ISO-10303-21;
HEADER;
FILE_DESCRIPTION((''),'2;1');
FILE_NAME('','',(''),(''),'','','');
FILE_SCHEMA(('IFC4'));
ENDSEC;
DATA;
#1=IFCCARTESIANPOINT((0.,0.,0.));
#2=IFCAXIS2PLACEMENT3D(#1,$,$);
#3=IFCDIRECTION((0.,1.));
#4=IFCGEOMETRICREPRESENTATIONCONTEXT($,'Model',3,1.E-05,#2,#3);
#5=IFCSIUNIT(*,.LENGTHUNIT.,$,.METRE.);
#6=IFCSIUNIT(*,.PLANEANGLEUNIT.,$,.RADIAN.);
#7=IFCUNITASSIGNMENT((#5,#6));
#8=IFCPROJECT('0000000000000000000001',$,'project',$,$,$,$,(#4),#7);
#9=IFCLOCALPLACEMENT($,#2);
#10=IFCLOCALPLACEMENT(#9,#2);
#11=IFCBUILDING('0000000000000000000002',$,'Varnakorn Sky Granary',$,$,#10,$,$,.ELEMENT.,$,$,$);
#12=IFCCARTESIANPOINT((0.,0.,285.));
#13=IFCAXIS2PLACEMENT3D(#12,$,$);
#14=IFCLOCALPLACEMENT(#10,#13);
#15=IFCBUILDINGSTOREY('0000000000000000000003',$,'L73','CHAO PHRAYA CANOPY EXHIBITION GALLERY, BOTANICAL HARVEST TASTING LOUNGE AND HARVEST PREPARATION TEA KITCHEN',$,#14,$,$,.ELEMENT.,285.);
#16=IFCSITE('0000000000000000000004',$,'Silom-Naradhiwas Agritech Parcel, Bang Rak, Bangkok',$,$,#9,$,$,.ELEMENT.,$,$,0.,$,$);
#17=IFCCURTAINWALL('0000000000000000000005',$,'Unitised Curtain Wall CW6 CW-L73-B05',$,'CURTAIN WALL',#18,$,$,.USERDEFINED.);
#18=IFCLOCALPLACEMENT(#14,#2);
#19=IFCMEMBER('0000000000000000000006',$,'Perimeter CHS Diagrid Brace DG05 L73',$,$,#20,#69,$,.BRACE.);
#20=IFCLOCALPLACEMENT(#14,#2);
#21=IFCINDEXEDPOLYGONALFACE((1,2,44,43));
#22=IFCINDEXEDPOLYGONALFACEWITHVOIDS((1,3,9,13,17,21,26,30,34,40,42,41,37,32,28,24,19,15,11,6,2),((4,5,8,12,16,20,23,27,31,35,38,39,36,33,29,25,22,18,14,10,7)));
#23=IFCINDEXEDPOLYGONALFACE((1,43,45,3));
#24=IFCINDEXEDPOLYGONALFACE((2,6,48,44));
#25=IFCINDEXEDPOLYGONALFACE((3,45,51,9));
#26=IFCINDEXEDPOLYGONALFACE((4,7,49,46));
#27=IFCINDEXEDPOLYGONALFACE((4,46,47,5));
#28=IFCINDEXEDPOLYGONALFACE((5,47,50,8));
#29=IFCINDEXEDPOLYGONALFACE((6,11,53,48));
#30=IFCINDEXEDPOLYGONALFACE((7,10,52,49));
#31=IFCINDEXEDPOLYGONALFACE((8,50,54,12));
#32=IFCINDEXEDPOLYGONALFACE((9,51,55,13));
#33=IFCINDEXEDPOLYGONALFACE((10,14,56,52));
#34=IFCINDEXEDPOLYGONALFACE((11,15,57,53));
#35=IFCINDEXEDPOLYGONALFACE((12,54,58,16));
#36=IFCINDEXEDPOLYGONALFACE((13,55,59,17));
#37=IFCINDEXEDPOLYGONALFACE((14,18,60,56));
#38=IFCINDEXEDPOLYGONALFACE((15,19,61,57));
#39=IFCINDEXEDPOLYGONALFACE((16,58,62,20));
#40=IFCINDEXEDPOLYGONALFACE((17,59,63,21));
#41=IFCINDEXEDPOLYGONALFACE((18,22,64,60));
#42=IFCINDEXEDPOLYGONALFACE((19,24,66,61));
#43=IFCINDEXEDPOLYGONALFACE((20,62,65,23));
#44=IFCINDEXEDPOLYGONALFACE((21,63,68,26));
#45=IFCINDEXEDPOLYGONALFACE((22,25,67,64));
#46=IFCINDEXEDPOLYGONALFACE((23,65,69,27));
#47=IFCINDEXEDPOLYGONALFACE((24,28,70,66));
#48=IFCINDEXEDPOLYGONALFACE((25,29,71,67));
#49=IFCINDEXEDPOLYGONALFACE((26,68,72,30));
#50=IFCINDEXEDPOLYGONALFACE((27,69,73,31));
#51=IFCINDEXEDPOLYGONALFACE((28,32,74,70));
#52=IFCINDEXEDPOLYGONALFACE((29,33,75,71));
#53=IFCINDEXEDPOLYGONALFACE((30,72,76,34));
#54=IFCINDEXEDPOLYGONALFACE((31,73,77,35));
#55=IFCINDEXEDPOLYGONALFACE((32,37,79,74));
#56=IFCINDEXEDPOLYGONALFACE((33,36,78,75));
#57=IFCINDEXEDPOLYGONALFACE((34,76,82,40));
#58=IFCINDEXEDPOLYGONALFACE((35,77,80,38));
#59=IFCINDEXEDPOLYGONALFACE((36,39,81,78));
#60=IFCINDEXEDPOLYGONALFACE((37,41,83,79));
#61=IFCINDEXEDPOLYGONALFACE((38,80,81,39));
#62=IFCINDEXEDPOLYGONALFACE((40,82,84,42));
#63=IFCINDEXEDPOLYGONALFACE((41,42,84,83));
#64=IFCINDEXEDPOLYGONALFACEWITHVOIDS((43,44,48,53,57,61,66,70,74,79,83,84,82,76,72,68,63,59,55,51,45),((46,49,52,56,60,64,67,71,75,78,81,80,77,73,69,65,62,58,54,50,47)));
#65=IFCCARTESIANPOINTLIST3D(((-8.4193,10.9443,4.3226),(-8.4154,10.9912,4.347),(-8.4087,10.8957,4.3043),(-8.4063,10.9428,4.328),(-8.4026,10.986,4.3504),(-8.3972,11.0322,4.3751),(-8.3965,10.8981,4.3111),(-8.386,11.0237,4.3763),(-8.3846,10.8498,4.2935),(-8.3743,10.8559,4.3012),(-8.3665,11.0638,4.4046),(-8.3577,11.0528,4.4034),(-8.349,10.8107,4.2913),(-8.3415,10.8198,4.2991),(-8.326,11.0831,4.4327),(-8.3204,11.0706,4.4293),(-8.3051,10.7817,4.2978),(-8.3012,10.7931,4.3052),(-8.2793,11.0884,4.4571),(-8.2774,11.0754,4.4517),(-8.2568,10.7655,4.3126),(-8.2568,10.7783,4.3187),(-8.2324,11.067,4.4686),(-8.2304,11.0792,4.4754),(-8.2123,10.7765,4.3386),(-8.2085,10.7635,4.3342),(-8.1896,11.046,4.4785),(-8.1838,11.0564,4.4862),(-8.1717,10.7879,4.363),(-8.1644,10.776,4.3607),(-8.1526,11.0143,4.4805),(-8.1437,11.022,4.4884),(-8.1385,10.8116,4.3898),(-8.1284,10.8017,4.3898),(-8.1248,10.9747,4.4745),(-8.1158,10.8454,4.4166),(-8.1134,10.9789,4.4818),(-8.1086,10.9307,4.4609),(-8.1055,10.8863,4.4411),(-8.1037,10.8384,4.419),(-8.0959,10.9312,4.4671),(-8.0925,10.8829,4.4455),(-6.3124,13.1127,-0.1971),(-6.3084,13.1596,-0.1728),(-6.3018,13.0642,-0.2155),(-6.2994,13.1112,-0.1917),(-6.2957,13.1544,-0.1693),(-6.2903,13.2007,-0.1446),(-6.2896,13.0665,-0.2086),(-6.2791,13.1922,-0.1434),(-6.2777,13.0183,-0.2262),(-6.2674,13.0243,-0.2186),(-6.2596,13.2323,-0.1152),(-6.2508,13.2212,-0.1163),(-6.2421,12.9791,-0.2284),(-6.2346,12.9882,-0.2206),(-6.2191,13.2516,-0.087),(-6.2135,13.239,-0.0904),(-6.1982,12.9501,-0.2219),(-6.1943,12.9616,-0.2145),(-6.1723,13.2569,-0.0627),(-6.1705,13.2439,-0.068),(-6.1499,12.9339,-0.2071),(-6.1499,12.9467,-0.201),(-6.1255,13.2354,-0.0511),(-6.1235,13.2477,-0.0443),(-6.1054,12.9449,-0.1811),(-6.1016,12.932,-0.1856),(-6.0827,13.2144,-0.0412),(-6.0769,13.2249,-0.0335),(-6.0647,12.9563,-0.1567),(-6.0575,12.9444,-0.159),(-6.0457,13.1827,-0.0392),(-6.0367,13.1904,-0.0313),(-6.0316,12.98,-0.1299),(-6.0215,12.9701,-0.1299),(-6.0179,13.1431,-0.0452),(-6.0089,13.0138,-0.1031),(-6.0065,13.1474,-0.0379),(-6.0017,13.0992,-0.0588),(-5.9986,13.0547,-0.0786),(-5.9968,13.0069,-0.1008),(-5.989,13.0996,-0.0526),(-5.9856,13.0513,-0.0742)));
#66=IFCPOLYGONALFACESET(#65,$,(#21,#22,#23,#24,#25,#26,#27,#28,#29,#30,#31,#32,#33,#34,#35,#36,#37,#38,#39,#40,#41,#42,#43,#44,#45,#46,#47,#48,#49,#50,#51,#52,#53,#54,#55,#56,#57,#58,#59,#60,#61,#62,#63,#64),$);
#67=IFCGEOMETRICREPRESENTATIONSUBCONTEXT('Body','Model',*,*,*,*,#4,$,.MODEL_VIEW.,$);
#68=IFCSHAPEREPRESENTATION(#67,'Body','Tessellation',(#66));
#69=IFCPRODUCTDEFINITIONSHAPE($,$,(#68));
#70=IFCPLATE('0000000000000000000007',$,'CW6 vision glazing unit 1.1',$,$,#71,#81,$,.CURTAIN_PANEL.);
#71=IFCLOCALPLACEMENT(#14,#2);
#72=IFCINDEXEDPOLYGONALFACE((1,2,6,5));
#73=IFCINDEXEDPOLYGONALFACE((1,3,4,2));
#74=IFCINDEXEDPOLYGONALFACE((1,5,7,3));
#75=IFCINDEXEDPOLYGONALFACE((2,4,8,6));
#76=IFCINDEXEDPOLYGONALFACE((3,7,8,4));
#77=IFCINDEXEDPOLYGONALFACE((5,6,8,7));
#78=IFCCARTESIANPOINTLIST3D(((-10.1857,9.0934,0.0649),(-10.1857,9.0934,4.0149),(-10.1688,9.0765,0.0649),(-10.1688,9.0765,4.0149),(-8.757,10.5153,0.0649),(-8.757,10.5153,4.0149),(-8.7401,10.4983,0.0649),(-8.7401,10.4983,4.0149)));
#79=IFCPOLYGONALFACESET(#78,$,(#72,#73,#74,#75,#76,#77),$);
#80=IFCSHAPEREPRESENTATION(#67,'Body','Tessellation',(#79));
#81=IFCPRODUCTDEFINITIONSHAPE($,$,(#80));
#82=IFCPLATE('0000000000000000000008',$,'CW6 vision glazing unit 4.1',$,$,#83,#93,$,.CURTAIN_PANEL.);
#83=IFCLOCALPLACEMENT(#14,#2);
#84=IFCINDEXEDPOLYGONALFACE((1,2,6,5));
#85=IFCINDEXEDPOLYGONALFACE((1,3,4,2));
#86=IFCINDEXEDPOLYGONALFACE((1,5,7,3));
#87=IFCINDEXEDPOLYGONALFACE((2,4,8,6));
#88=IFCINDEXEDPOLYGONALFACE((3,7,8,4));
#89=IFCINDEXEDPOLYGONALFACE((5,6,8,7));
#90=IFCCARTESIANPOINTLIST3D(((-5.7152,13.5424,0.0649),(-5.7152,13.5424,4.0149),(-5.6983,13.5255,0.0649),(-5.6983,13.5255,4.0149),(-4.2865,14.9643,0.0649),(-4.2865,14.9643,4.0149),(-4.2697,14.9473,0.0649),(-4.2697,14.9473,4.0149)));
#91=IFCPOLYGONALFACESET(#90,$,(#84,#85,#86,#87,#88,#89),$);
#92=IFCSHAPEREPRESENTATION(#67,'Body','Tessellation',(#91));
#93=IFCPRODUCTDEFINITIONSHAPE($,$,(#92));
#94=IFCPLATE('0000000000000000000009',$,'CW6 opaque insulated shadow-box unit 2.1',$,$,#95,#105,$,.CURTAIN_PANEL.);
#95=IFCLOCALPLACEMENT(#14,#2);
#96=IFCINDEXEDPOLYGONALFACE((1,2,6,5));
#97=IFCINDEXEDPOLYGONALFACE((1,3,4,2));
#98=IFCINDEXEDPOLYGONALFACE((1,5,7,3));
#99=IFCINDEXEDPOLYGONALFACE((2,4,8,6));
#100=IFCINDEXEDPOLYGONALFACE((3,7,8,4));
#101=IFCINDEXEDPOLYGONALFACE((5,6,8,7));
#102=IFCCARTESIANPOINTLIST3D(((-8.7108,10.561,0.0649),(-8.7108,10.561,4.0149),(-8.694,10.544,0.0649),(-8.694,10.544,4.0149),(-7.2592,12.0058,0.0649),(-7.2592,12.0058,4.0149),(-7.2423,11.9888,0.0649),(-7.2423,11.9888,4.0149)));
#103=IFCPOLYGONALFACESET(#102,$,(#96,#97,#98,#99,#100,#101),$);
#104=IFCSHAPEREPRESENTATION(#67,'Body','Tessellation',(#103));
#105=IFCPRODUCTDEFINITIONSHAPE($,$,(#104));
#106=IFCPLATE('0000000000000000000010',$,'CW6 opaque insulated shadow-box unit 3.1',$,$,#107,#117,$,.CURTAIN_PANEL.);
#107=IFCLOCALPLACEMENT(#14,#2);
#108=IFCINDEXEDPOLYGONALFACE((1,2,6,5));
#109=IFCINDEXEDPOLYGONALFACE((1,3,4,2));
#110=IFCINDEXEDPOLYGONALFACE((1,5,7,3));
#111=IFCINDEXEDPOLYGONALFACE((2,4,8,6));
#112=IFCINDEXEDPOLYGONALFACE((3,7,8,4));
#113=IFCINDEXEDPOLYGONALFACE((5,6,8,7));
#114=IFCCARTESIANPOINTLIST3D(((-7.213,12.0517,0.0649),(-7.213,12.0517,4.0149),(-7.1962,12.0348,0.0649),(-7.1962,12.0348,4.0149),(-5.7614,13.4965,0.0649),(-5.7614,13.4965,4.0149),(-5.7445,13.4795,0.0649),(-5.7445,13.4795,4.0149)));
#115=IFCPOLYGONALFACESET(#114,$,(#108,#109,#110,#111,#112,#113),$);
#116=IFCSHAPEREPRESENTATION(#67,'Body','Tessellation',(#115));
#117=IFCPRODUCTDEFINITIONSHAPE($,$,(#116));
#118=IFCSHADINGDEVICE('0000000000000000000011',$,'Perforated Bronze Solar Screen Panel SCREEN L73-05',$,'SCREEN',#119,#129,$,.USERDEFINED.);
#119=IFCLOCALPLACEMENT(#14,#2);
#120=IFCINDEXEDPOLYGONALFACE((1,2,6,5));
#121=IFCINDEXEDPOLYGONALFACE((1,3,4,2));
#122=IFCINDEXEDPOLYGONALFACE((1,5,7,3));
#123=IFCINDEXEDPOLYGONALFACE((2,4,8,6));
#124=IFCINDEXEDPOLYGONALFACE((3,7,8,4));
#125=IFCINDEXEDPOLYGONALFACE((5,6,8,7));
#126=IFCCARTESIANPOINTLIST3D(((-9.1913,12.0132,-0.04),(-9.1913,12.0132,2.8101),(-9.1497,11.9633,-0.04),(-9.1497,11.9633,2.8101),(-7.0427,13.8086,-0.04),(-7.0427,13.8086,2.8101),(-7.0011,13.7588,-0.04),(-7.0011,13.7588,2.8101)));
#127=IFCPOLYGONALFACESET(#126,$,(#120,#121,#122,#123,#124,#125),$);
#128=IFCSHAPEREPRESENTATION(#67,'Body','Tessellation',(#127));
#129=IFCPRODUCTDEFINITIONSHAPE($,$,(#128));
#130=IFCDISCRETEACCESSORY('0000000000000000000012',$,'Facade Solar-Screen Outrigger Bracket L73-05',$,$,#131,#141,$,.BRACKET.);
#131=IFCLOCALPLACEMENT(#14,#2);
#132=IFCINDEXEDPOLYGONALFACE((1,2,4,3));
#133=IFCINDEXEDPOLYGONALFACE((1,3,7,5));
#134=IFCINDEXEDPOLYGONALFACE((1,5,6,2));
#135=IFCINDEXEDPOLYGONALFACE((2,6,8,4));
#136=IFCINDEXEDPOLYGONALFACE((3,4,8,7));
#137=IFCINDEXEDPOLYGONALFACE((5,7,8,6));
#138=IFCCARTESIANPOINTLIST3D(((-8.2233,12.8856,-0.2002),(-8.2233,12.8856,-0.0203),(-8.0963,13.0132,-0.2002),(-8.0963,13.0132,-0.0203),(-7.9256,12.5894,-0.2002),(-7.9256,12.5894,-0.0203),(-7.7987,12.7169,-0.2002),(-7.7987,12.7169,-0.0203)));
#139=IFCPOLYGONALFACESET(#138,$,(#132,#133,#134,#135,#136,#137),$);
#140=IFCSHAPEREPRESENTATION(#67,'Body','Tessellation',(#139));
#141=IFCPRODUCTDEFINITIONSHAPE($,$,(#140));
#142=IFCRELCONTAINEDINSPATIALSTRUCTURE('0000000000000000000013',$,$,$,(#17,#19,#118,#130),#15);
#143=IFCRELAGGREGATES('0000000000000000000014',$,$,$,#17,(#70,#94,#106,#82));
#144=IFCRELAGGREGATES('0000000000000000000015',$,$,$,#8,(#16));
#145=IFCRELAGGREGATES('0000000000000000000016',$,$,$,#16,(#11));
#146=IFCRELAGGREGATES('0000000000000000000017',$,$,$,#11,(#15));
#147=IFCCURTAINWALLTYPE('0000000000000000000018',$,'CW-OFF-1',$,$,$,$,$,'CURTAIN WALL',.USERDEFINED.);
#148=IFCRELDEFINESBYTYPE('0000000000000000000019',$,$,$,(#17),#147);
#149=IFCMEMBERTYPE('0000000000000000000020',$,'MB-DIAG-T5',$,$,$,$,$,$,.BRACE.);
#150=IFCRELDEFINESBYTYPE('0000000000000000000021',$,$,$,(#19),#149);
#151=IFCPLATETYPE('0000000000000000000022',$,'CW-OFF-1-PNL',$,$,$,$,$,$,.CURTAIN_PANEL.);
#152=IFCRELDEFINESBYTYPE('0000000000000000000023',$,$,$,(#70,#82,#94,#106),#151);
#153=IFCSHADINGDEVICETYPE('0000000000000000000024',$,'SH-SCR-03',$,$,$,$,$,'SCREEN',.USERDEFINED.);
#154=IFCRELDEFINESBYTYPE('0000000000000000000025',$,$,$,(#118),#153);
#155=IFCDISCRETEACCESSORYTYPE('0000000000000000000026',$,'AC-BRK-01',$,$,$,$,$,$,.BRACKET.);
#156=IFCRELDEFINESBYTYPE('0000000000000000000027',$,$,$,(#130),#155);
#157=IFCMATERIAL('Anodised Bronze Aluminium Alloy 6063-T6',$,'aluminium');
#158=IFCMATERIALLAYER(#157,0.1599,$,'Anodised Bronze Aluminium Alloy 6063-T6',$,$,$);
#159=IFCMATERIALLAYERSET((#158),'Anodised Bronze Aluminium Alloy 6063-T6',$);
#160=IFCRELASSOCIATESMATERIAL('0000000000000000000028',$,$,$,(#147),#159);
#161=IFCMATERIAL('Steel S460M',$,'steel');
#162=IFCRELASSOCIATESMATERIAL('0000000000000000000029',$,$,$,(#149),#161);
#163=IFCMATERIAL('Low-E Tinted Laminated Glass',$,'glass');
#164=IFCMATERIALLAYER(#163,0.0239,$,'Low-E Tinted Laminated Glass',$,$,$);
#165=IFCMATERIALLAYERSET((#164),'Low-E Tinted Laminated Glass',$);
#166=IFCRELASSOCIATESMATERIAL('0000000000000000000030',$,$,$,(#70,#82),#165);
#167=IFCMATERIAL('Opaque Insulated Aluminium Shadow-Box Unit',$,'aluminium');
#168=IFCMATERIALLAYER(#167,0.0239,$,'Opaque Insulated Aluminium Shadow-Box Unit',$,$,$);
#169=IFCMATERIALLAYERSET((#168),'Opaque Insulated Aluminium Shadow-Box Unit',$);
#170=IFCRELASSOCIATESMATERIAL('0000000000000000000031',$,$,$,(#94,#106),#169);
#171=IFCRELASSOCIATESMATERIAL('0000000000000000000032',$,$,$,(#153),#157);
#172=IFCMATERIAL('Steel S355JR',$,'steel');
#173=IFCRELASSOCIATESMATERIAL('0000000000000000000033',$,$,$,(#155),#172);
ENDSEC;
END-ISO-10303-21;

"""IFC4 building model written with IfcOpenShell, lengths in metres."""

from ifc_helpers import new_model, si_unit, direction, frame, origin, origin_2d, place, context, subcontext, project, spatial, rectangle, hollow_circle, extrude, source, transform, mapped, material, layer, layer_set, material_profile, profile_set, type_object, type_shapes, element, aggregate, save


model = new_model("IFC4")

# Units and contexts
model_context = context("Model", 3, precision=1e-05, world=origin(), true_north=direction((0.0, 1.0)))
body_context = subcontext(model_context, "Body", "Model", "MODEL_VIEW")
ifc_project = project(units=[si_unit("LENGTHUNIT", "METRE"), si_unit("PLANEANGLEUNIT", "RADIAN")], contexts=[model_context])

# Site, building, storey
site_placement = place(None, origin())
site = spatial("IfcSite", under=ifc_project, at=site_placement, Name="Silom-Naradhiwas Agritech Parcel, Bang Rak, Bangkok", CompositionType="ELEMENT", RefElevation=0.0)
building_placement = place(site_placement, origin())
building = spatial("IfcBuilding", under=site, at=building_placement, Name="Varnakorn Sky Granary", CompositionType="ELEMENT")
storey_placement = place(building_placement, frame((0.0, 0.0, 285.0)))
storey = spatial("IfcBuildingStorey", under=building, at=storey_placement, Name="L73", Description="CHAO PHRAYA CANOPY EXHIBITION GALLERY, BOTANICAL HARVEST TASTING LOUNGE AND HARVEST PREPARATION TEA KITCHEN", CompositionType="ELEMENT", Elevation=285.0)

# Shared definitions
ifc_material_1 = material(Name="Steel S460M", Category="steel")

# Shared definitions
ifc_material_2 = material(Name="Steel S355JR", Category="steel")

# Curtain wall
ifc_material_3 = material(Name="Anodised Bronze Aluminium Alloy 6063-T6", Category="aluminium")
ifc_layer_1 = layer(ifc_material_3, 0.1599, Name="Anodised Bronze Aluminium Alloy 6063-T6")
ifc_layer_set_1 = layer_set([ifc_layer_1], Name="Anodised Bronze Aluminium Alloy 6063-T6")
curtain_wall_type = type_object("IfcCurtainWallType", Name="CW-OFF-1", ElementType="CURTAIN WALL", PredefinedType="USERDEFINED", material=ifc_layer_set_1)
curtain_wall_placement = place(storey_placement, origin())
curtain_wall = element("IfcCurtainWall", 1, at=curtain_wall_placement, inside=storey, type_object=curtain_wall_type, Name="Unitised Curtain Wall CW6 CW-L73-B05", ObjectType="CURTAIN WALL", PredefinedType="USERDEFINED")

# Member
ifc_material_profile_1 = material_profile(ifc_material_1, hollow_circle(Radius=0.1777, WallThickness=0.0142, at=origin_2d()), Name="CHS 355.6x14")
ifc_profile_set_1 = profile_set([ifc_material_profile_1], Name="Steel S460M")
member_type_1 = type_object("IfcMemberType", Name="MB-DIAG-T5", PredefinedType="BRACE", material=ifc_profile_set_1)
member_1_placement = place(storey_placement, frame((-6.1489, 13.094, -0.1299), z_axis=(-0.38746, -0.398774, 0.831176), x_axis=(0.717208, -0.696859, 0.0)))
element("IfcMember", 2, at=member_1_placement, inside=storey, type_object=member_type_1, Name="Perimeter CHS Diagrid Brace DG05 L73", PredefinedType="BRACE", context=body_context, shape_type="SweptSolid", body=[
    extrude(hollow_circle(Radius=0.1777, WallThickness=0.0142, at=origin_2d()), origin(), (0.0, 0.0, 1.0), 5.4377),
])

# Plates
ifc_material_4 = material(Name="Low-E Tinted Laminated Glass", Category="glass")
ifc_layer_2 = layer(ifc_material_4, 0.0239, Name="Low-E Tinted Laminated Glass")
ifc_layer_set_2 = layer_set([ifc_layer_2], Name="Low-E Tinted Laminated Glass")
plate_type = type_object("IfcPlateType", Name="CW-OFF-1-PNL", PredefinedType="CURTAIN_PANEL")
shared_shape_1 = source(origin(), body_context, "Body", "SweptSolid", [
    extrude(rectangle(XDim=2.0156, YDim=0.0239, at=origin_2d()), origin(), (0.0, 0.0, 1.0), 3.95),
])
plate_1_placement = place(storey_placement, frame((-9.4629, 9.7959, 0.0649), z_axis=(0.0, 0.0, 1.0), x_axis=(0.708791, 0.705419, 0.0)))
plate_1 = element("IfcPlate", 3, at=plate_1_placement, type_object=plate_type, material=ifc_layer_set_2, Name="CW6 vision glazing unit 1.1", PredefinedType="CURTAIN_PANEL", context=body_context, shape_type="MappedRepresentation", body=[
    mapped(shared_shape_1, transform((0.0, 0.0, 0.0), x_axis=(1.0, 0.0, 0.0), y_axis=(0.0, 1.0, 0.0), z_axis=(0.0, 0.0, 1.0), scale=1.0)),
])
plate_2_placement = place(storey_placement, frame((-4.9924, 14.2449, 0.0649), z_axis=(0.0, 0.0, 1.0), x_axis=(0.708791, 0.705419, 0.0)))
plate_2 = element("IfcPlate", 4, at=plate_2_placement, type_object=plate_type, material=ifc_layer_set_2, Name="CW6 vision glazing unit 4.1", PredefinedType="CURTAIN_PANEL", context=body_context, shape_type="MappedRepresentation", body=[
    mapped(shared_shape_1, transform((0.0, 0.0, 0.0), x_axis=(1.0, 0.0, 0.0), y_axis=(0.0, 1.0, 0.0), z_axis=(0.0, 0.0, 1.0), scale=1.0)),
])
ifc_material_5 = material(Name="Opaque Insulated Aluminium Shadow-Box Unit", Category="aluminium")
ifc_layer_3 = layer(ifc_material_5, 0.0239, Name="Opaque Insulated Aluminium Shadow-Box Unit")
ifc_layer_set_3 = layer_set([ifc_layer_3], Name="Opaque Insulated Aluminium Shadow-Box Unit")
shared_shape_2 = source(origin(), body_context, "Body", "SweptSolid", [
    extrude(rectangle(XDim=2.0481, YDim=0.0239, at=origin_2d()), origin(), (0.0, 0.0, 1.0), 3.95),
])
type_shapes(plate_type, [shared_shape_1, shared_shape_2])
plate_3_placement = place(storey_placement, frame((-7.9766, 11.2749, 0.0649), z_axis=(0.0, 0.0, 1.0), x_axis=(0.708791, 0.705419, 0.0)))
plate_3 = element("IfcPlate", 5, at=plate_3_placement, type_object=plate_type, material=ifc_layer_set_3, Name="CW6 opaque insulated shadow-box unit 2.1", PredefinedType="CURTAIN_PANEL", context=body_context, shape_type="MappedRepresentation", body=[
    mapped(shared_shape_2, transform((0.0, 0.0, 0.0), x_axis=(1.0, 0.0, 0.0), y_axis=(0.0, 1.0, 0.0), z_axis=(0.0, 0.0, 1.0), scale=1.0)),
])
plate_4_placement = place(storey_placement, frame((-6.4788, 12.7656, 0.0649), z_axis=(0.0, 0.0, 1.0), x_axis=(0.708791, 0.705419, 0.0)))
plate_4 = element("IfcPlate", 6, at=plate_4_placement, type_object=plate_type, material=ifc_layer_set_3, Name="CW6 opaque insulated shadow-box unit 3.1", PredefinedType="CURTAIN_PANEL", context=body_context, shape_type="MappedRepresentation", body=[
    mapped(shared_shape_2, transform((0.0, 0.0, 0.0), x_axis=(1.0, 0.0, 0.0), y_axis=(0.0, 1.0, 0.0), z_axis=(0.0, 0.0, 1.0), scale=1.0)),
])
aggregate(curtain_wall, [plate_1, plate_3, plate_4, plate_2])

# Shading device
shading_device_type = type_object("IfcShadingDeviceType", Name="SH-SCR-03", ElementType="SCREEN", PredefinedType="USERDEFINED", material=ifc_material_3)
shared_shape_3 = source(origin(), body_context, "Body", "SweptSolid", [
    extrude(rectangle(XDim=2.8, YDim=0.0649, at=origin_2d()), origin(), (0.0, 0.0, 1.0), 2.8501),
])
type_shapes(shading_device_type, [shared_shape_3])
shading_device_placement = place(storey_placement, frame((-8.0962, 12.886, -0.04), z_axis=(0.0, 0.0, 1.0), x_axis=(-0.76735, -0.641229, 0.0)))
element("IfcShadingDevice", 7, at=shading_device_placement, inside=storey, type_object=shading_device_type, Name="Perforated Bronze Solar Screen Panel SCREEN L73-05", ObjectType="SCREEN", PredefinedType="USERDEFINED", context=body_context, shape_type="MappedRepresentation", body=[
    mapped(shared_shape_3, transform((0.0, 0.0, 0.0), x_axis=(1.0, 0.0, 0.0), y_axis=(0.0, 1.0, 0.0), z_axis=(0.0, 0.0, 1.0), scale=1.0)),
])

# Discrete accessory
discrete_accessory_type = type_object("IfcDiscreteAccessoryType", Name="AC-BRK-01", PredefinedType="BRACKET", material=ifc_material_2)
shared_shape_4 = source(origin(), body_context, "Body", "SweptSolid", [
    extrude(rectangle(XDim=0.1799, YDim=0.4199, at=origin_2d()), origin(), (0.0, 0.0, 1.0), 0.1799),
])
type_shapes(discrete_accessory_type, [shared_shape_4])
discrete_accessory_placement = place(storey_placement, frame((-8.011, 12.8013, -0.2002), z_axis=(0.0, 0.0, 1.0), x_axis=(-0.705457, -0.708752, 0.0)))
element("IfcDiscreteAccessory", 8, at=discrete_accessory_placement, inside=storey, type_object=discrete_accessory_type, Name="Facade Solar-Screen Outrigger Bracket L73-05", PredefinedType="BRACKET", context=body_context, shape_type="MappedRepresentation", body=[
    mapped(shared_shape_4, transform((0.0, 0.0, 0.0), x_axis=(1.0, 0.0, 0.0), y_axis=(0.0, 1.0, 0.0), z_axis=(0.0, 0.0, 1.0), scale=1.0)),
])

save(model, "model.ifc")
